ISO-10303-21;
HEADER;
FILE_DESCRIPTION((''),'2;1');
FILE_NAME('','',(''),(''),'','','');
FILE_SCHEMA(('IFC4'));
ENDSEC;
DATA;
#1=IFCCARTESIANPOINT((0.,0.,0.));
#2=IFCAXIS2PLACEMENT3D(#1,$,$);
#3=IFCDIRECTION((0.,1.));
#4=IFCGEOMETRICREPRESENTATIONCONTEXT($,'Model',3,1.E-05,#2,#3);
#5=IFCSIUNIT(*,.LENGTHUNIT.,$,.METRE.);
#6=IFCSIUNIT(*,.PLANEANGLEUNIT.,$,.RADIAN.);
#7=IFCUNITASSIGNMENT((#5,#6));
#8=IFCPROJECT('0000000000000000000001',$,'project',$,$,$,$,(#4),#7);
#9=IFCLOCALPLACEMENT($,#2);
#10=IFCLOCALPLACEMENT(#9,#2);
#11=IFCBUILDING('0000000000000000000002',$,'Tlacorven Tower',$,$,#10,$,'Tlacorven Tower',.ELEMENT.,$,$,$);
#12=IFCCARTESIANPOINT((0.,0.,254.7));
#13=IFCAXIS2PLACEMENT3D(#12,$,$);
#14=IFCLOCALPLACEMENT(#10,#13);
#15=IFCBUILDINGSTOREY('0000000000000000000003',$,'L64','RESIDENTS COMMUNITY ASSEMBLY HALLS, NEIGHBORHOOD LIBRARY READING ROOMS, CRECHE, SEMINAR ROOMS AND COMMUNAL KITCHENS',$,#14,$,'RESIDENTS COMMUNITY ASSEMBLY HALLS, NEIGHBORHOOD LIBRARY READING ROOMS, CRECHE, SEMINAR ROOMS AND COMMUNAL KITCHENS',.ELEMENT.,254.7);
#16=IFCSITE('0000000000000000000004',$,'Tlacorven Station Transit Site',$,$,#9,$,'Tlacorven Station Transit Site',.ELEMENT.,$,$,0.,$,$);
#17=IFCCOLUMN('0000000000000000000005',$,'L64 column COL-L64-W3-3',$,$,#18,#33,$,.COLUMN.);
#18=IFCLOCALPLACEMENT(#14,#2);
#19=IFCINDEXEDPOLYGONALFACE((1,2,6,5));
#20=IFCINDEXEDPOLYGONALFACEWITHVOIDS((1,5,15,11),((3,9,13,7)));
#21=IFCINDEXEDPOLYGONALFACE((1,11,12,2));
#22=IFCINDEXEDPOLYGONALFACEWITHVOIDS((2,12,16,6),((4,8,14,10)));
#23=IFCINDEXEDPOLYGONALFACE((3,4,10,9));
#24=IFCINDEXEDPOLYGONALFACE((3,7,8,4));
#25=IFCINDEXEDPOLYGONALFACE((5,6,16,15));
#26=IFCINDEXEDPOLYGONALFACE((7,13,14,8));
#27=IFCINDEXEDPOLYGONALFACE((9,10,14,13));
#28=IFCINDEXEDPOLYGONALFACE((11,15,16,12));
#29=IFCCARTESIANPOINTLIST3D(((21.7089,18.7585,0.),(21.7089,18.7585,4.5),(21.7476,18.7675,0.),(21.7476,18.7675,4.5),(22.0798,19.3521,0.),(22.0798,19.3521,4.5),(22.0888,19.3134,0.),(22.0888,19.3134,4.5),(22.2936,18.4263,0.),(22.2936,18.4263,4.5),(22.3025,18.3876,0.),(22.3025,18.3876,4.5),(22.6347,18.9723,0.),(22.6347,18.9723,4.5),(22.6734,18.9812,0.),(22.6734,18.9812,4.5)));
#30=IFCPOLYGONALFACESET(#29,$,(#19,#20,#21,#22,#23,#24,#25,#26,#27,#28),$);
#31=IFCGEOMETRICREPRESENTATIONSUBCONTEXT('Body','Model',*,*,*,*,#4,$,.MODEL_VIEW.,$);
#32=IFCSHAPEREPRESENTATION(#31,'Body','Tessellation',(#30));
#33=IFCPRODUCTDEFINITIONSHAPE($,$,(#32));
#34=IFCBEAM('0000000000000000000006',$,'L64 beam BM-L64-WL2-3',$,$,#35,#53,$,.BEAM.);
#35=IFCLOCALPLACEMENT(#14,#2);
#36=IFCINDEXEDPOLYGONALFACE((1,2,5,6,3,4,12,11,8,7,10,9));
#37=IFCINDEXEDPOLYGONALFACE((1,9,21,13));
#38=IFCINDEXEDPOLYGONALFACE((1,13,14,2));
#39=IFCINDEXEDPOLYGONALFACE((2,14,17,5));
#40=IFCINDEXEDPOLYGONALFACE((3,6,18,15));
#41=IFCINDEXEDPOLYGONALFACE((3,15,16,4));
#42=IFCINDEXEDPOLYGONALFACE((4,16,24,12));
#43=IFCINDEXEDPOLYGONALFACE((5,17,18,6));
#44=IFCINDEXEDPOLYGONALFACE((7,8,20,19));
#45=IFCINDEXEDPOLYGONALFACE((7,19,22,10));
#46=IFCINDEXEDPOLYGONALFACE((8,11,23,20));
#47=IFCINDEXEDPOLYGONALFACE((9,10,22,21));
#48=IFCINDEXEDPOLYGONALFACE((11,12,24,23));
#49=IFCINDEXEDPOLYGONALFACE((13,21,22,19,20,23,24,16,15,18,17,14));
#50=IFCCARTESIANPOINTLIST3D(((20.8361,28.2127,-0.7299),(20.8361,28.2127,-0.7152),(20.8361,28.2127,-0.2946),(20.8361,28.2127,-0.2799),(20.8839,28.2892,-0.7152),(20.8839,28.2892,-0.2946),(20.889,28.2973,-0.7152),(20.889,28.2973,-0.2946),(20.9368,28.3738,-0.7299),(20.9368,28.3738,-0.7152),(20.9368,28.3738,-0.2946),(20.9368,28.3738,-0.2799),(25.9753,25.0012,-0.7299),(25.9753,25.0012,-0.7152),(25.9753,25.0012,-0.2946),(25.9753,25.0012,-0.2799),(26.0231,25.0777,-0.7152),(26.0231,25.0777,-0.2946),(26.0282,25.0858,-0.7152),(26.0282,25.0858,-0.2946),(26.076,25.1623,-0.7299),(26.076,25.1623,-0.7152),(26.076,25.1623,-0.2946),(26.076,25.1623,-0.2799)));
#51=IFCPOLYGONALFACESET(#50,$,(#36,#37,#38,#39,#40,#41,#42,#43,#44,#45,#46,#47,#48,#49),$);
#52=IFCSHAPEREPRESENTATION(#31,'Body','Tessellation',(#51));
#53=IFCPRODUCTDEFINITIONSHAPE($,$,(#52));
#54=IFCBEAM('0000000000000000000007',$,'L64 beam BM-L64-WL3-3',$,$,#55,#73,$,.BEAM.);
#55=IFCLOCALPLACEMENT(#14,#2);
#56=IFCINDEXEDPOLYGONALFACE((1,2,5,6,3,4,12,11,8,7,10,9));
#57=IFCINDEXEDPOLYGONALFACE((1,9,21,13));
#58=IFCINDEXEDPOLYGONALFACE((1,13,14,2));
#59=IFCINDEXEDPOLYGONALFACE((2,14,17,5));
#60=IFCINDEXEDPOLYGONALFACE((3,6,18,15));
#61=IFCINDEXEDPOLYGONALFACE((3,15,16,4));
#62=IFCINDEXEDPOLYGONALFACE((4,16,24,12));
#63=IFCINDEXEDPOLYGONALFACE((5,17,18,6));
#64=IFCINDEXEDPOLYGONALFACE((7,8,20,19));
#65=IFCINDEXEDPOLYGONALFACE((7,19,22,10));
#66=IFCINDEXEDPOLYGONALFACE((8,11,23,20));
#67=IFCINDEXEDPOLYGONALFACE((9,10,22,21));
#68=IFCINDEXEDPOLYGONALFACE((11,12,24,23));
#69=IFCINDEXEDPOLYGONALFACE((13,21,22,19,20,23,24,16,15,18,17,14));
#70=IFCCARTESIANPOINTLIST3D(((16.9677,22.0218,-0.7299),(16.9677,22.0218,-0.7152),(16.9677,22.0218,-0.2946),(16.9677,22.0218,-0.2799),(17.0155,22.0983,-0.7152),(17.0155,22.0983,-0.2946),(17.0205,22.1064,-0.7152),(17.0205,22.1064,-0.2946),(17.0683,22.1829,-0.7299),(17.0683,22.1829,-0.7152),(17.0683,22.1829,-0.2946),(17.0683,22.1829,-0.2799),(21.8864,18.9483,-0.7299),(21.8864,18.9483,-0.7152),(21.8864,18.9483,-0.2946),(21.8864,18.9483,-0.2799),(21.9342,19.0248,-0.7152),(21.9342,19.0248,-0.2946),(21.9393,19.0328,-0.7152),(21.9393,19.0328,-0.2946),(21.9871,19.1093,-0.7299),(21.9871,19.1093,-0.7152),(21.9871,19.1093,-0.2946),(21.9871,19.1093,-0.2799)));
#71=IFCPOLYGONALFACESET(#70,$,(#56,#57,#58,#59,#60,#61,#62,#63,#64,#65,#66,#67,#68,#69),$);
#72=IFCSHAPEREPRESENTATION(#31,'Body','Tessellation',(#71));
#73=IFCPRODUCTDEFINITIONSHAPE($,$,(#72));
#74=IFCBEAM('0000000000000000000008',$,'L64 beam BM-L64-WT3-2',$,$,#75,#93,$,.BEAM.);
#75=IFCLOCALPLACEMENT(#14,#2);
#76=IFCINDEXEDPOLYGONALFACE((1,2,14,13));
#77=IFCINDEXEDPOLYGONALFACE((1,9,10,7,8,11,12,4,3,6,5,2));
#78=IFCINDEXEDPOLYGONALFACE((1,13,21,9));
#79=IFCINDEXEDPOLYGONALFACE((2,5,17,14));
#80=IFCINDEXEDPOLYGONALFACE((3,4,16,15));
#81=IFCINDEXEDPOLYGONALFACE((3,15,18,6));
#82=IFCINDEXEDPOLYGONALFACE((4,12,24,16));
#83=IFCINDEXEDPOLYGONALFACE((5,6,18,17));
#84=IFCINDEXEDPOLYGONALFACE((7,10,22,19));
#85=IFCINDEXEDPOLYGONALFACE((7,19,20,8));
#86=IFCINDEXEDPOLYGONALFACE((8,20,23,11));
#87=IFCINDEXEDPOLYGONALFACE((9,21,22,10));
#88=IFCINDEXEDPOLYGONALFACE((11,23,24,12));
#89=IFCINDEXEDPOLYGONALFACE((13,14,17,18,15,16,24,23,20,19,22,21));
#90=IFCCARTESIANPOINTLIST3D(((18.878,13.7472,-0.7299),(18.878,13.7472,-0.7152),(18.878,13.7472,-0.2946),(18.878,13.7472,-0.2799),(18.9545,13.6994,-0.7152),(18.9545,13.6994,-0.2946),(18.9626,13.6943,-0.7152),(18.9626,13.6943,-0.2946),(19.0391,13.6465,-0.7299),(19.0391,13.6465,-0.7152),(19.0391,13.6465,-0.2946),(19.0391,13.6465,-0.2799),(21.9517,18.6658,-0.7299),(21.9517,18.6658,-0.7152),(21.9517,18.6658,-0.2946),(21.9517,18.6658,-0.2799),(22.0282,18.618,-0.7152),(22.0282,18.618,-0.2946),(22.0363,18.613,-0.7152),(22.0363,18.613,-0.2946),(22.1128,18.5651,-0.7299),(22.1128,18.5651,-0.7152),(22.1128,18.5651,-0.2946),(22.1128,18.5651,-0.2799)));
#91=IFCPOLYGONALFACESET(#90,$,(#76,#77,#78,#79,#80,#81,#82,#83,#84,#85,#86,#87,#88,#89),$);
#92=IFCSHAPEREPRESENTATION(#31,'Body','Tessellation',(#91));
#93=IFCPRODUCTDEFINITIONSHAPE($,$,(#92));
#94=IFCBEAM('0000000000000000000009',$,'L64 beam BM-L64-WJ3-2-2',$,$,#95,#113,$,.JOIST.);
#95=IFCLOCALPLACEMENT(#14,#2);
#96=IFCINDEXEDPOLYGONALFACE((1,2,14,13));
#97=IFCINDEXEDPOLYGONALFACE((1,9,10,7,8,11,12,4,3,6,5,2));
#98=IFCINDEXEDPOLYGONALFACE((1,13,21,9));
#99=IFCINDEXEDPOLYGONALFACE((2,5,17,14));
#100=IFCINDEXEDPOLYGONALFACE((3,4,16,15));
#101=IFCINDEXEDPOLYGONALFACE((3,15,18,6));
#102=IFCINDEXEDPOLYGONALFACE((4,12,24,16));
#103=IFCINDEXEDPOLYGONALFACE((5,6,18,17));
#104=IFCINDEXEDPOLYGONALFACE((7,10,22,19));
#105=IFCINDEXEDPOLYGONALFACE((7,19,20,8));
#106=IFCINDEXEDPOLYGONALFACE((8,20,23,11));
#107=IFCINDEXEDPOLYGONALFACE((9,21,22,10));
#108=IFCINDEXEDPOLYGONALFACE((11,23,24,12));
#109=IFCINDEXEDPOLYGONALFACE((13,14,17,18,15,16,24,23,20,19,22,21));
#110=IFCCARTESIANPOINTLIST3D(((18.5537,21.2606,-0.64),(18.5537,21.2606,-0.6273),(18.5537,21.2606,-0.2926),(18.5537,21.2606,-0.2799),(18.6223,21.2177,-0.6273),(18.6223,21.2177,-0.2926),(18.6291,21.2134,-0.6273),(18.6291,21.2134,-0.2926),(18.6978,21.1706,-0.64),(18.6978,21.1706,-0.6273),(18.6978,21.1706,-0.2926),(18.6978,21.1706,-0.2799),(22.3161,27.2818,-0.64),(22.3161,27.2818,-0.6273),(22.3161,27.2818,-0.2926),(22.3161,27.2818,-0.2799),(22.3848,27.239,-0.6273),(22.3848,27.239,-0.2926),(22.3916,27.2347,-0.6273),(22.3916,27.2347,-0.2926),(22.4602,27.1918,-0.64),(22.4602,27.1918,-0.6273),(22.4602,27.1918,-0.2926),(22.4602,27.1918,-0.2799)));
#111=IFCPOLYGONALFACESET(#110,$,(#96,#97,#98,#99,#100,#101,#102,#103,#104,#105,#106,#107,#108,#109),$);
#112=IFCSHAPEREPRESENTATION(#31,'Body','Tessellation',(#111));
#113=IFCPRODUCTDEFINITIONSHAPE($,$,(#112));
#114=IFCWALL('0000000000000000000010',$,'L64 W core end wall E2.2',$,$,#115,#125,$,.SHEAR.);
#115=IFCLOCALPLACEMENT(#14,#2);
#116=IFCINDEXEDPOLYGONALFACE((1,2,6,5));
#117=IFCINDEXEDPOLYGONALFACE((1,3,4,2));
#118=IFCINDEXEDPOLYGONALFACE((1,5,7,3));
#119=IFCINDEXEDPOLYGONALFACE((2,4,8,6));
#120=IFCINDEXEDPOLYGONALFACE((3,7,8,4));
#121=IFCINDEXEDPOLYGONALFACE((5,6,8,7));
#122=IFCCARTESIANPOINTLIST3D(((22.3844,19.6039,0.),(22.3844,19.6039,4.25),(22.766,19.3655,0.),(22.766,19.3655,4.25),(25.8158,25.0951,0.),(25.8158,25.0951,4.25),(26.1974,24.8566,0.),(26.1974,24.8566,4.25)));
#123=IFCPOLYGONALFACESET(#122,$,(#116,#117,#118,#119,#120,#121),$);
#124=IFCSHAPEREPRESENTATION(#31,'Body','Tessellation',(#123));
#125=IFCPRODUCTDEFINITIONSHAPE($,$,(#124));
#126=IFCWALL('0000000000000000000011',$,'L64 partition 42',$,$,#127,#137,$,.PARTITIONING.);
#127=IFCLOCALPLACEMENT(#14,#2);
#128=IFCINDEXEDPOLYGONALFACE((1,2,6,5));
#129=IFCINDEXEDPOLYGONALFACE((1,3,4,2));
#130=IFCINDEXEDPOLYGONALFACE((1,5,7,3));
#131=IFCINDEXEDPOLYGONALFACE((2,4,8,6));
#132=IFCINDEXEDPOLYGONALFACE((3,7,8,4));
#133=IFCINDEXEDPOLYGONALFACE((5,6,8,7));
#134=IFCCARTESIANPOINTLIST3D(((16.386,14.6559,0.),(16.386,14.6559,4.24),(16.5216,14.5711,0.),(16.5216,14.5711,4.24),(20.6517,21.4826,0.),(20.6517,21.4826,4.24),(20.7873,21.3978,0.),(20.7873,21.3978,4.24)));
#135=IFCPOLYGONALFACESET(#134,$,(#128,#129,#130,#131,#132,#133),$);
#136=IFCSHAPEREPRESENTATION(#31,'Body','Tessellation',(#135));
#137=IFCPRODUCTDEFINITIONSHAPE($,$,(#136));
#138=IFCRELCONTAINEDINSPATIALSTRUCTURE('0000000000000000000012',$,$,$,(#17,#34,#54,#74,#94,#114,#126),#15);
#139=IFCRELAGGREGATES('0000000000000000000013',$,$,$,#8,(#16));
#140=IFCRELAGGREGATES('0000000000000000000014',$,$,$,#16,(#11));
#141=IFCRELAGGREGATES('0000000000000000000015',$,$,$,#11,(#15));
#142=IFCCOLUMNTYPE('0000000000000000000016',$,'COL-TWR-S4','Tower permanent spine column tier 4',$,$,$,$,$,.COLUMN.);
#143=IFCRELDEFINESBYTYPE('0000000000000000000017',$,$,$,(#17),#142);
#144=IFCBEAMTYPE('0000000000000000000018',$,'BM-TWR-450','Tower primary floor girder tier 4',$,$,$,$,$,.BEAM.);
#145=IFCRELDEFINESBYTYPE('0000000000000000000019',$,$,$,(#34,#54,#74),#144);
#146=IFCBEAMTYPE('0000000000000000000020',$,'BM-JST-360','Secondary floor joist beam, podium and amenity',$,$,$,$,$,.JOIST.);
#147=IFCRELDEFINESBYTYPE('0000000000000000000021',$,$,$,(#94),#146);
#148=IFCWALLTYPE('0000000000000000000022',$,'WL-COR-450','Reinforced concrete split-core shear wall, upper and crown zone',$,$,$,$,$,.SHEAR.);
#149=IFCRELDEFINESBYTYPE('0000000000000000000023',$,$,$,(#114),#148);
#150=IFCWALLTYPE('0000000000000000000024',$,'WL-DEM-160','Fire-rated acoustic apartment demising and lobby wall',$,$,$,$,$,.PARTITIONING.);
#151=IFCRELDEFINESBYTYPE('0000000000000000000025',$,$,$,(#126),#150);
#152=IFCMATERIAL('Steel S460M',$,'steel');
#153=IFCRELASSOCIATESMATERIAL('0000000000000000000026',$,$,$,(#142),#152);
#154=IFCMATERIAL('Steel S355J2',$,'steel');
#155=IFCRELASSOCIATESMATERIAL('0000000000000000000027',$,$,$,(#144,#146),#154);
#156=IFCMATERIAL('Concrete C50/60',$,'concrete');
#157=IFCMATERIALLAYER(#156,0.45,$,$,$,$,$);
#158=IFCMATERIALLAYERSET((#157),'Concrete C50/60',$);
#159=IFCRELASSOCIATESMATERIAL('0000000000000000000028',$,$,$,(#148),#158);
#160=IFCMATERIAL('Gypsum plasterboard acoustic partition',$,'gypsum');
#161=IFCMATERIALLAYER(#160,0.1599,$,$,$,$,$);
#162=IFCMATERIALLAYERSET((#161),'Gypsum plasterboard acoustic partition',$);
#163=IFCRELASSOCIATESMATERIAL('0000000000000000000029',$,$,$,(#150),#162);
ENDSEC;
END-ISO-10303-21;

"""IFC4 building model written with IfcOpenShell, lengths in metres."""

from ifc_helpers import new_model, si_unit, direction, frame, frame_2d, origin, origin_2d, place, context, subcontext, project, spatial, rectangle, hollow_rectangle, i_section, extrude, source, transform, mapped, material, layer, layer_set, material_profile, profile_set, type_object, element, save


model = new_model("IFC4")

# Units and contexts
model_context = context("Model", 3, precision=1e-05, world=origin(), true_north=direction((0.0, 1.0)))
body_context = subcontext(model_context, "Body", "Model", "MODEL_VIEW")
ifc_project = project(units=[si_unit("LENGTHUNIT", "METRE"), si_unit("PLANEANGLEUNIT", "RADIAN")], contexts=[model_context])

# Site, building, storey
site_placement = place(None, origin())
site = spatial("IfcSite", under=ifc_project, at=site_placement, Name="Tlacorven Station Transit Site", LongName="Tlacorven Station Transit Site", CompositionType="ELEMENT", RefElevation=0.0)
building_placement = place(site_placement, origin())
building = spatial("IfcBuilding", under=site, at=building_placement, Name="Tlacorven Tower", LongName="Tlacorven Tower", CompositionType="ELEMENT")
storey_placement = place(building_placement, frame((0.0, 0.0, 254.7)))
storey = spatial("IfcBuildingStorey", under=building, at=storey_placement, Name="L64", Description="RESIDENTS COMMUNITY ASSEMBLY HALLS, NEIGHBORHOOD LIBRARY READING ROOMS, CRECHE, SEMINAR ROOMS AND COMMUNAL KITCHENS", LongName="RESIDENTS COMMUNITY ASSEMBLY HALLS, NEIGHBORHOOD LIBRARY READING ROOMS, CRECHE, SEMINAR ROOMS AND COMMUNAL KITCHENS", CompositionType="ELEMENT", Elevation=254.7)

# Column
ifc_material_1 = material(Name="Steel S460M", Category="steel")
ifc_material_profile_1 = material_profile(ifc_material_1, hollow_rectangle(XDim=0.7, YDim=0.7, WallThickness=0.0281, at=origin_2d()), Name="BOX 700X700X28")
ifc_profile_set_1 = profile_set([ifc_material_profile_1], Name="Steel S460M")
column_type = type_object("IfcColumnType", Name="COL-TWR-S4", Description="Tower permanent spine column tier 4", PredefinedType="COLUMN", material=ifc_profile_set_1)
shared_shape_1 = source(origin(), body_context, "Body", "SweptSolid", [
    extrude(hollow_rectangle(XDim=0.7, YDim=0.7, WallThickness=0.0281, at=origin_2d()), origin(), (0.0, 0.0, 1.0), 4.5),
])
column_placement = place(storey_placement, frame((22.1912, 18.8699, 0.0), z_axis=(0.0, 0.0, 1.0), x_axis=(-0.848048, 0.529919, 0.0)))
element("IfcColumn", 1, at=column_placement, inside=storey, type_object=column_type, Name="L64 column COL-L64-W3-3", PredefinedType="COLUMN", context=body_context, shape_type="MappedRepresentation", body=[
    mapped(shared_shape_1, transform((0.0, 0.0, 0.0), scale=1.0)),
])

# Beams
ifc_material_2 = material(Name="Steel S355J2", Category="steel")
ifc_material_profile_2 = material_profile(ifc_material_2, i_section(OverallWidth=0.1899, OverallDepth=0.45, WebThickness=0.0095, FlangeThickness=0.0146, at=origin_2d()), Name="IPE 450")
ifc_profile_set_2 = profile_set([ifc_material_profile_2], Name="Steel S355J2")
beam_type_1 = type_object("IfcBeamType", Name="BM-TWR-450", Description="Tower primary floor girder tier 4", PredefinedType="BEAM", material=ifc_profile_set_2)
shared_shape_2 = source(origin(), body_context, "Body", "SweptSolid", [
    extrude(i_section(OverallWidth=0.1899, OverallDepth=0.45, WebThickness=0.0095, FlangeThickness=0.0146, at=origin_2d()), origin(), (0.0, 0.0, 1.0), 6.0601),
])
beam_1_placement = place(storey_placement, frame((26.0256, 25.0818, -0.5049), z_axis=(-0.848039, 0.529934, 0.0), x_axis=(-0.529934, -0.848039, 0.0)))
element("IfcBeam", 2, at=beam_1_placement, inside=storey, type_object=beam_type_1, Name="L64 beam BM-L64-WL2-3", PredefinedType="BEAM", context=body_context, shape_type="MappedRepresentation", body=[
    mapped(shared_shape_2, transform((0.0, 0.0, 0.0), scale=1.0)),
])
shared_shape_3 = source(origin(), body_context, "Body", "SweptSolid", [
    extrude(i_section(OverallWidth=0.1899, OverallDepth=0.45, WebThickness=0.0095, FlangeThickness=0.0146, at=origin_2d()), origin(), (0.0, 0.0, 1.0), 5.8),
])
for number, where, z_axis, x_axis, name in (
    (3, (21.9368, 19.0288, -0.5049), (-0.848053, 0.529912, 0.0), (-0.529912, -0.848053, 0.0), "L64 beam BM-L64-WL3-3"),
    (4, (22.0322, 18.6155, -0.5049), (-0.529942, -0.848034, 0.0), (0.848034, -0.529942, 0.0), "L64 beam BM-L64-WT3-2"),
):
    element("IfcBeam", number, at=place(storey_placement, frame(where, z_axis=z_axis, x_axis=x_axis)), inside=storey, type_object=beam_type_1, Name=name, PredefinedType="BEAM", context=body_context, shape_type="MappedRepresentation", body=[
        mapped(shared_shape_3, transform((0.0, 0.0, 0.0), scale=1.0)),
    ])
ifc_material_profile_3 = material_profile(ifc_material_2, i_section(OverallWidth=0.1699, OverallDepth=0.3601, WebThickness=0.0081, FlangeThickness=0.0127, at=origin_2d()), Name="IPE 360")
ifc_profile_set_3 = profile_set([ifc_material_profile_3], Name="Steel S355J2")
beam_type_2 = type_object("IfcBeamType", Name="BM-JST-360", Description="Secondary floor joist beam, podium and amenity", PredefinedType="JOIST", material=ifc_profile_set_3)
shared_shape_4 = source(origin(), body_context, "Body", "SweptSolid", [
    extrude(i_section(OverallWidth=0.1699, OverallDepth=0.3601, WebThickness=0.0081, FlangeThickness=0.0127, at=origin_2d()), origin(), (0.0, 0.0, 1.0), 7.1001),
])
beam_2_placement = place(storey_placement, frame((22.3882, 27.2368, -0.46), z_axis=(-0.529915, -0.84805, 0.0), x_axis=(0.84805, -0.529915, 0.0)))
element("IfcBeam", 5, at=beam_2_placement, inside=storey, type_object=beam_type_2, Name="L64 beam BM-L64-WJ3-2-2", PredefinedType="JOIST", context=body_context, shape_type="MappedRepresentation", body=[
    mapped(shared_shape_4, transform((0.0, 0.0, 0.0), scale=1.0)),
])

# Walls
ifc_material_3 = material(Name="Concrete C50/60", Category="concrete")
ifc_layer_1 = layer(ifc_material_3, 0.45)
ifc_layer_set_1 = layer_set([ifc_layer_1], Name="Concrete C50/60")
wall_type_1 = type_object("IfcWallType", Name="WL-COR-450", Description="Reinforced concrete split-core shear wall, upper and crown zone", PredefinedType="SHEAR", material=ifc_layer_set_1)
wall_1_placement = place(storey_placement, frame((26.0066, 24.9758, 0.0), z_axis=(0.0, 0.0, 1.0), x_axis=(-0.529931, -0.848041, 0.0)))
element("IfcWall", 6, at=wall_1_placement, inside=storey, type_object=wall_type_1, Name="L64 W core end wall E2.2", PredefinedType="SHEAR", context=body_context, shape_type="SweptSolid", body=[
    extrude(rectangle(XDim=6.4751, YDim=0.45, at=frame_2d((3.2375, 0.0))), origin(), (0.0, 0.0, 1.0), 4.25),
])
ifc_material_4 = material(Name="Gypsum plasterboard acoustic partition", Category="gypsum")
ifc_layer_2 = layer(ifc_material_4, 0.1599)
ifc_layer_set_2 = layer_set([ifc_layer_2], Name="Gypsum plasterboard acoustic partition")
wall_type_2 = type_object("IfcWallType", Name="WL-DEM-160", Description="Fire-rated acoustic apartment demising and lobby wall", PredefinedType="PARTITIONING", material=ifc_layer_set_2)
wall_2_placement = place(storey_placement, frame((20.7195, 21.4402, 0.0), z_axis=(0.0, 0.0, 1.0), x_axis=(-0.529906, -0.848056, 0.0)))
element("IfcWall", 7, at=wall_2_placement, inside=storey, type_object=wall_type_2, Name="L64 partition 42", PredefinedType="PARTITIONING", context=body_context, shape_type="SweptSolid", body=[
    extrude(rectangle(XDim=8.0498, YDim=0.1599, at=frame_2d((4.0249, 0.0))), origin(), (0.0, 0.0, 1.0), 4.24),
])

save(model, "model.ifc")
